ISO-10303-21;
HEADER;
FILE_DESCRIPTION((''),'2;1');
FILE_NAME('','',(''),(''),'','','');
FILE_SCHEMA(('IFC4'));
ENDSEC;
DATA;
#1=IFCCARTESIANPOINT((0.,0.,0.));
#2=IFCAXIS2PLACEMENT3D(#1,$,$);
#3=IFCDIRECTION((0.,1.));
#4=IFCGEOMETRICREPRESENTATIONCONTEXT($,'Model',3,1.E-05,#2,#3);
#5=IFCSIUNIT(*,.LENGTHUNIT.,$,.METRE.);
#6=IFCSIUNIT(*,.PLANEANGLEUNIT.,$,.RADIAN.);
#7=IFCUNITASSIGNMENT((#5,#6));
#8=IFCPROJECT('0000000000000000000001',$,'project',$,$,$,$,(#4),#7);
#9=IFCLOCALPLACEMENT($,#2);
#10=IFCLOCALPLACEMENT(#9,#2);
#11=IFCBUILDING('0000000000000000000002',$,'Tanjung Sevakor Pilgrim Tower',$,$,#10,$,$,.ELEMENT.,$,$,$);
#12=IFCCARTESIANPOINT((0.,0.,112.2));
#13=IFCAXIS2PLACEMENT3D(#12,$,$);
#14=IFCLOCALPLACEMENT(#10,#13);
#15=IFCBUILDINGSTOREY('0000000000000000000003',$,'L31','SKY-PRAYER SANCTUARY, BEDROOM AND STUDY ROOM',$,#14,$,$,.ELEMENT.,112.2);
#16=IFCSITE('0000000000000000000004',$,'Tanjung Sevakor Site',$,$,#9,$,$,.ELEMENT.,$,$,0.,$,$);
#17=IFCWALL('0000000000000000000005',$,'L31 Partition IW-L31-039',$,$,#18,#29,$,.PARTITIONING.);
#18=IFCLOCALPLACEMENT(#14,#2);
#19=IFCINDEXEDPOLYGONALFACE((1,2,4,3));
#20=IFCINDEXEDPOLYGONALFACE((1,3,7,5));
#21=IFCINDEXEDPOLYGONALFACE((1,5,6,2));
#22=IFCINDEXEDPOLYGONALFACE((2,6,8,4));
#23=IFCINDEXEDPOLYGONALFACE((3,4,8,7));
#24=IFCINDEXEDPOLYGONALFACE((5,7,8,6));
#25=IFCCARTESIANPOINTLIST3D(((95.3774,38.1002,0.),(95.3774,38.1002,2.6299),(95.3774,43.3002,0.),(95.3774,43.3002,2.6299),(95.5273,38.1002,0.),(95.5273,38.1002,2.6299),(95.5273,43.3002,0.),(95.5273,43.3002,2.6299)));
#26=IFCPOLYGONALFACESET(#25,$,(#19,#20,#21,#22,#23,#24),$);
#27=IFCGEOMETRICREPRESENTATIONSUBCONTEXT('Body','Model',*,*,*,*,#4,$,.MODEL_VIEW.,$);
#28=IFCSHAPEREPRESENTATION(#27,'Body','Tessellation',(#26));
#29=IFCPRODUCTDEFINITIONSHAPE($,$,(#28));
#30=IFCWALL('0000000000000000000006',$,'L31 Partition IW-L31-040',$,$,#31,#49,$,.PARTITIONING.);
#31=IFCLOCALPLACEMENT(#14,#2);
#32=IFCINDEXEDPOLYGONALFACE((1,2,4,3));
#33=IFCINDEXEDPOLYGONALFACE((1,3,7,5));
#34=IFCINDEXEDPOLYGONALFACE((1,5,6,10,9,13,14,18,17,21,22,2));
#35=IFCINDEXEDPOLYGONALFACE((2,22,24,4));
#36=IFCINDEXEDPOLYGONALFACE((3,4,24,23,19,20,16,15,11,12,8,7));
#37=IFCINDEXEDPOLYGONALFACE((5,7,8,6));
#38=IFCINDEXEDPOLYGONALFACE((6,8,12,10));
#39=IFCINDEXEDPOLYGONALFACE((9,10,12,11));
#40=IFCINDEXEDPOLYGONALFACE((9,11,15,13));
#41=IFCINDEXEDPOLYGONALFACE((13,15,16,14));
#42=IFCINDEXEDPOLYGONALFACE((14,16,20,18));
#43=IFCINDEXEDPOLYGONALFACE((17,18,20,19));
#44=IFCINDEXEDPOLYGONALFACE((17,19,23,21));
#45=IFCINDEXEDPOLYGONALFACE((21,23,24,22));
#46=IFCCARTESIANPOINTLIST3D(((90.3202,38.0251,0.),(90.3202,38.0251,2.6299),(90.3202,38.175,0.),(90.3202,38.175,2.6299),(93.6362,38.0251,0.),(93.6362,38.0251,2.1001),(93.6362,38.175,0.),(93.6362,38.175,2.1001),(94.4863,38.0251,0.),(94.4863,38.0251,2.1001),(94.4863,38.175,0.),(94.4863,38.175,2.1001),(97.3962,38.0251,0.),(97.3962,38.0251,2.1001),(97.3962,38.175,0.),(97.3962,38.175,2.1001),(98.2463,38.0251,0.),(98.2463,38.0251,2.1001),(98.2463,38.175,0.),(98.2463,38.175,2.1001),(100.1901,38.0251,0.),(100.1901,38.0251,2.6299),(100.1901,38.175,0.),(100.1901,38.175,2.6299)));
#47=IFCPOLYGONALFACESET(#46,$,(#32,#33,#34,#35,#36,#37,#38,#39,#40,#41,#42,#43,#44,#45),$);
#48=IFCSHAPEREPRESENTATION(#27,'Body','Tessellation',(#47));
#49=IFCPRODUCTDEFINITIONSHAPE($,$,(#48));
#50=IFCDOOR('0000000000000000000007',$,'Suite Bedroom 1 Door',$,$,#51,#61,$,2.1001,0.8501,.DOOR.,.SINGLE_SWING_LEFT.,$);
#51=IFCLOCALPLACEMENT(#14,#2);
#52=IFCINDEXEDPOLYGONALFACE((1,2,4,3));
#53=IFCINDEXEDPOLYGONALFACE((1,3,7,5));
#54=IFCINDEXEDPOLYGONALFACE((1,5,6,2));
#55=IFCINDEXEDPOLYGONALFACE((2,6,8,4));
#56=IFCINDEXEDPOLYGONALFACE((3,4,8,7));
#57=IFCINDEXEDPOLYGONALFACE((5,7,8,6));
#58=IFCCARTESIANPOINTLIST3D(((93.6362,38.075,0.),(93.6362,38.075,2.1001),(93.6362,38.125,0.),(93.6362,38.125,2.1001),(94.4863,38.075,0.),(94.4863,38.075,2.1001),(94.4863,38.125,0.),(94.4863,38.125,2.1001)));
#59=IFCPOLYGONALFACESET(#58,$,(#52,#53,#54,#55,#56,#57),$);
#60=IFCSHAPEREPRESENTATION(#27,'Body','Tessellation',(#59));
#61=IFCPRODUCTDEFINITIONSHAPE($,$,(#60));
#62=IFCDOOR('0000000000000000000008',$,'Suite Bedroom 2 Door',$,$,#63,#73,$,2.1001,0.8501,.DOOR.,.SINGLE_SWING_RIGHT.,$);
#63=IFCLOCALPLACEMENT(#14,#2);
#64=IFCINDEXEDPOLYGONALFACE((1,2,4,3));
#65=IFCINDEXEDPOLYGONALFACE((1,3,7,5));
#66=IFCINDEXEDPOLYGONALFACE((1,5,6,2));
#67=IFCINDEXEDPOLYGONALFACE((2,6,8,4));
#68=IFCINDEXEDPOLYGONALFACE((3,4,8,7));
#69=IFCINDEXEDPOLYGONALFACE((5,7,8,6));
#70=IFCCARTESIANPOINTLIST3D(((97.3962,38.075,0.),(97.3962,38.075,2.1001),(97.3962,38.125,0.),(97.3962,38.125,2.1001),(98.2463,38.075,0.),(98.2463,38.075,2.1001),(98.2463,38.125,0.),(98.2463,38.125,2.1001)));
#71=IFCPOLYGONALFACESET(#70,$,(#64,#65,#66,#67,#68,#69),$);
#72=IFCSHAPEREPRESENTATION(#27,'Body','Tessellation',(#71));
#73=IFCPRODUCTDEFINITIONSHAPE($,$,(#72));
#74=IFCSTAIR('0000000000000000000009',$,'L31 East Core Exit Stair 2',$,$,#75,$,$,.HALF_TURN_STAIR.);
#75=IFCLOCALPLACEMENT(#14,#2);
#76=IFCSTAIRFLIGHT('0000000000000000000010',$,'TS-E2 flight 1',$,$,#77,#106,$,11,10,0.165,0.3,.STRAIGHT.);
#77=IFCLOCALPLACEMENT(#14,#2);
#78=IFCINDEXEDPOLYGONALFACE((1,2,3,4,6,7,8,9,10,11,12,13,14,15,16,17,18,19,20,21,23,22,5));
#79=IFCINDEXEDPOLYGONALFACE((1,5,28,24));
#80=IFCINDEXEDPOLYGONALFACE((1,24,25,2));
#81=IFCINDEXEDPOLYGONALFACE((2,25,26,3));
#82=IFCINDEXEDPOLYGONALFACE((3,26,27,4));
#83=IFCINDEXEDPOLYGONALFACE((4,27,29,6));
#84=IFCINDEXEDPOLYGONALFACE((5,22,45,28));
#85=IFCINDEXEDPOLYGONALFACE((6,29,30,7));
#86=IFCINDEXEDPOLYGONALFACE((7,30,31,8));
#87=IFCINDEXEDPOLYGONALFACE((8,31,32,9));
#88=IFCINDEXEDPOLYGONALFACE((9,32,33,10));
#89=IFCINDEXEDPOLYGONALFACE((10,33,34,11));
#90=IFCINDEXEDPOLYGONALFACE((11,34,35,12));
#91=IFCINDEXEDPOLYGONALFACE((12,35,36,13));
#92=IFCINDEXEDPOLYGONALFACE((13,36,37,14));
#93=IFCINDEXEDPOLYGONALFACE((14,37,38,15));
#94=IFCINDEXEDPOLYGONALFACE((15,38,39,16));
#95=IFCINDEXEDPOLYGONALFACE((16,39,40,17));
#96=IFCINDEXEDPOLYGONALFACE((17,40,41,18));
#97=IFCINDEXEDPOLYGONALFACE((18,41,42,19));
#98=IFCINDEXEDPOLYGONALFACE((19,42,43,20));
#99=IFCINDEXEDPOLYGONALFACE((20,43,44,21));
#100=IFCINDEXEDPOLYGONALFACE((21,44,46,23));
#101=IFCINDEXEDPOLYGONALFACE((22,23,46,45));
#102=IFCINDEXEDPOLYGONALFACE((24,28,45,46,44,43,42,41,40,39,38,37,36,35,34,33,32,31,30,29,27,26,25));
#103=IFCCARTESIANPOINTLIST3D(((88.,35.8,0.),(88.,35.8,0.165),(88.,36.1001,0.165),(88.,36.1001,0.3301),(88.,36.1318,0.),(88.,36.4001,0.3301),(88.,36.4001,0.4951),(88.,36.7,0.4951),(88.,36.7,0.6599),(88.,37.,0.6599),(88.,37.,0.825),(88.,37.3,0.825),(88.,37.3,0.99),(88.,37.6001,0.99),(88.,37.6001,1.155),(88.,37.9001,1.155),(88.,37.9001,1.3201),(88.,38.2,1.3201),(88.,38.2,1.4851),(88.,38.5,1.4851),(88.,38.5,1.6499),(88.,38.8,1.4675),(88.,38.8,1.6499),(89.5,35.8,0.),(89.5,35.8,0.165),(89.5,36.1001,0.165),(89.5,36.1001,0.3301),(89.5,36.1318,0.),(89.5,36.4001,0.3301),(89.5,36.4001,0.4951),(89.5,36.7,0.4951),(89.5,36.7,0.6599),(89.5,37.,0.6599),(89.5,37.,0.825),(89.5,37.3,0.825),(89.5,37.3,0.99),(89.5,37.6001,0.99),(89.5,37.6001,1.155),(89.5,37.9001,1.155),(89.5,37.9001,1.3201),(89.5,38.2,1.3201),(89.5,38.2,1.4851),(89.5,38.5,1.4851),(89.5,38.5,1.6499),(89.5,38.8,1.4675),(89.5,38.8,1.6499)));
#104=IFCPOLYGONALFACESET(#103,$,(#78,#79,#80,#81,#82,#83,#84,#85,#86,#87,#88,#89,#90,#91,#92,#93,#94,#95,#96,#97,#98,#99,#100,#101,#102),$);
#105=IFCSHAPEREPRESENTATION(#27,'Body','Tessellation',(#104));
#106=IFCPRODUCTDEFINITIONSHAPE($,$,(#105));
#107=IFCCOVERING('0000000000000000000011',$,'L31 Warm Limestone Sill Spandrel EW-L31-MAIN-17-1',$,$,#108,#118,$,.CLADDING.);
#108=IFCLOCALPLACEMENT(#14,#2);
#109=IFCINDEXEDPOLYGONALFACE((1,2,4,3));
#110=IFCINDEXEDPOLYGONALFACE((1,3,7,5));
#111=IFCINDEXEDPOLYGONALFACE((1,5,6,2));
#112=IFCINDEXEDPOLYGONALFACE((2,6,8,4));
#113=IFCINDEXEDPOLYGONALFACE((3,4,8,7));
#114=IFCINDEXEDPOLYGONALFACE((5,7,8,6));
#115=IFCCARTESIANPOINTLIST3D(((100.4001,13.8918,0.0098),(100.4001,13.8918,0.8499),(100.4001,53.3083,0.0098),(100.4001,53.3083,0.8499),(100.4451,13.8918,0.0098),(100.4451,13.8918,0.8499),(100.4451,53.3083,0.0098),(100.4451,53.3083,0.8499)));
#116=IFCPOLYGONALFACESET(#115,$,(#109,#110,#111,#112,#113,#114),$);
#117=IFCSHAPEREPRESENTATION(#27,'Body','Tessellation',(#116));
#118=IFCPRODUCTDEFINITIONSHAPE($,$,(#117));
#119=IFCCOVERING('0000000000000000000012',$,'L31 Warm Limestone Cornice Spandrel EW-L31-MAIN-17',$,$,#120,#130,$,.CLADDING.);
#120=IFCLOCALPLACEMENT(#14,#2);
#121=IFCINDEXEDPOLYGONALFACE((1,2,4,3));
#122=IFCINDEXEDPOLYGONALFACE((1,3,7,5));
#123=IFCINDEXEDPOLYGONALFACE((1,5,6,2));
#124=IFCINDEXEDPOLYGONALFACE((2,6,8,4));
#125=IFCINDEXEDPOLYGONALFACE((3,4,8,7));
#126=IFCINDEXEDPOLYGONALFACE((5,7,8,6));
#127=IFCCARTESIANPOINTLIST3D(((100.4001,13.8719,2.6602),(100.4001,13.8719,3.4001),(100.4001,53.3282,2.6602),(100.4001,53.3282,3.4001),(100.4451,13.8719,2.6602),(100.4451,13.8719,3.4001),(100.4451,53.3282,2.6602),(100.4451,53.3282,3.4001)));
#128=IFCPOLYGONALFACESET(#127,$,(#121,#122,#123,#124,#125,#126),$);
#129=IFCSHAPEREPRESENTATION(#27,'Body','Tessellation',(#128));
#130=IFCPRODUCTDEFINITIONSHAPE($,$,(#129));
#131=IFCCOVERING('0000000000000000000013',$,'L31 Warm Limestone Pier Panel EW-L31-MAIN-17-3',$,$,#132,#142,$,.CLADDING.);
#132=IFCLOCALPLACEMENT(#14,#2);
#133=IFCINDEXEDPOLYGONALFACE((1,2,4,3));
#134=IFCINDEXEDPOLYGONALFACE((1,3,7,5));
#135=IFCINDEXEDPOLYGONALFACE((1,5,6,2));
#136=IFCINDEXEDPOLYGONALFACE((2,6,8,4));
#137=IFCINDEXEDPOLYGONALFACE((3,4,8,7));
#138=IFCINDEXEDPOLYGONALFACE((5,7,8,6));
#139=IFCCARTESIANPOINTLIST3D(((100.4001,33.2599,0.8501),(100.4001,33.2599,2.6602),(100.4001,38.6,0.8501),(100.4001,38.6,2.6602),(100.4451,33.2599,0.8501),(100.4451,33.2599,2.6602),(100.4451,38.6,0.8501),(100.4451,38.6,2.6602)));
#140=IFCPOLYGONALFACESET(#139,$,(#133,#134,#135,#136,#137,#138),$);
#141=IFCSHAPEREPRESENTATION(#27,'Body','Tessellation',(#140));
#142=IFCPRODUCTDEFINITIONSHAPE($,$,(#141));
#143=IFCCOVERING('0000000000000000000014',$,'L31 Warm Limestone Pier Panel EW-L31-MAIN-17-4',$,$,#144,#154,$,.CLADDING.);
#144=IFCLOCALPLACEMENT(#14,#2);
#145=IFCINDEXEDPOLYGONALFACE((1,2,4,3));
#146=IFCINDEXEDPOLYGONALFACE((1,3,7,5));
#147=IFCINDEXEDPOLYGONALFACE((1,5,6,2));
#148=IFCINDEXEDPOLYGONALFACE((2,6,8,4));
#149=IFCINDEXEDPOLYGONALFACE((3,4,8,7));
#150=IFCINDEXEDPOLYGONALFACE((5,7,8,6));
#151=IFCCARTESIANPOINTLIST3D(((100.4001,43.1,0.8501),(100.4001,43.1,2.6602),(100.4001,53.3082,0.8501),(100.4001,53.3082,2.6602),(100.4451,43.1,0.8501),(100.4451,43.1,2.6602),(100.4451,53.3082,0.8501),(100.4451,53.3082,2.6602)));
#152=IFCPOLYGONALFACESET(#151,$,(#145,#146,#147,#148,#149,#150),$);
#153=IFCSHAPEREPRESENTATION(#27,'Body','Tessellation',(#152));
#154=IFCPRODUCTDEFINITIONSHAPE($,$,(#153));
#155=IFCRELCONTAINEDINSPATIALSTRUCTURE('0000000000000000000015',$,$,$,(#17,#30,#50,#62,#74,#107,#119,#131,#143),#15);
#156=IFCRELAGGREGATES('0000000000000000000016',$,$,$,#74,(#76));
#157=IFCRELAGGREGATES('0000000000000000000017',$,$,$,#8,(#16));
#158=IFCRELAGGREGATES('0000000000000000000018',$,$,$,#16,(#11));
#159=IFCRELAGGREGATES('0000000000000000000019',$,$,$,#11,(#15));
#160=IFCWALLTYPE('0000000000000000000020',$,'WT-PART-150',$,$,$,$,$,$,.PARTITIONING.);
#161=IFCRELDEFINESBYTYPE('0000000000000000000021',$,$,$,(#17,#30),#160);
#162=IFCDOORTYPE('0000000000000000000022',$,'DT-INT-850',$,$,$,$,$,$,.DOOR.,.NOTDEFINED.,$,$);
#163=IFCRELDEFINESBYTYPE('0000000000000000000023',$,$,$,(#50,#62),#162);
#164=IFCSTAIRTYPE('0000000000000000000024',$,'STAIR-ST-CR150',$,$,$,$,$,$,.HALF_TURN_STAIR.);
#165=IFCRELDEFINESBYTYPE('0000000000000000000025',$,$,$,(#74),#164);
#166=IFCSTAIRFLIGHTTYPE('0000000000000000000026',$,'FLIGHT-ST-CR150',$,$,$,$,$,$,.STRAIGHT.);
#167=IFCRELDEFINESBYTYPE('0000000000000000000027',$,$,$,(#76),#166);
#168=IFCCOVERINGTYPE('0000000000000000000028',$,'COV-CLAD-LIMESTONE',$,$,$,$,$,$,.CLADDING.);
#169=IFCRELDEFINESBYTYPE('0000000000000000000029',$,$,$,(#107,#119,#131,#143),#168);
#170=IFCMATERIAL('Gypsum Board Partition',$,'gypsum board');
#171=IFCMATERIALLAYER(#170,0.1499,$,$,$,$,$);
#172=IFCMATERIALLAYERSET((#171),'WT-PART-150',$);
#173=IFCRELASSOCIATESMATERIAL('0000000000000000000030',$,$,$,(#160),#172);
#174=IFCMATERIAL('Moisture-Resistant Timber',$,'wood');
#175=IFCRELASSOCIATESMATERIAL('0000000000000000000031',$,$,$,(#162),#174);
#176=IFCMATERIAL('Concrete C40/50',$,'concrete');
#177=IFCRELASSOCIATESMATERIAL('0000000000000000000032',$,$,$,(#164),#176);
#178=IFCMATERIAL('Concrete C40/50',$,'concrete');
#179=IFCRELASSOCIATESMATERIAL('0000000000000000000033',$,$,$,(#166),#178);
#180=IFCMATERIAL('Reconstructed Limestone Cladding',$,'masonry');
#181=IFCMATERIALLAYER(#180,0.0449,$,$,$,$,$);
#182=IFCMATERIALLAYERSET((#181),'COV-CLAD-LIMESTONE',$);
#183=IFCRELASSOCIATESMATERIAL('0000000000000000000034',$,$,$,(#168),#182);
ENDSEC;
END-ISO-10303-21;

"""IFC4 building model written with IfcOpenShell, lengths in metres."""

from ifc_helpers import new_model, si_unit, direction, frame, frame_2d, origin, origin_2d, place, context, subcontext, project, spatial, polyline, rectangle, outline, extrude, material, layer, layer_set, type_object, element, fill, aggregate, save


model = new_model("IFC4")

# Units and contexts
model_context = context("Model", 3, precision=1e-05, world=origin(), true_north=direction((0.0, 1.0)))
body_context = subcontext(model_context, "Body", "Model", "MODEL_VIEW")
ifc_project = project(units=[si_unit("LENGTHUNIT", "METRE"), si_unit("PLANEANGLEUNIT", "RADIAN")], contexts=[model_context])

# Site, building, storey
site_placement = place(None, origin())
site = spatial("IfcSite", under=ifc_project, at=site_placement, Name="Tanjung Sevakor Site", CompositionType="ELEMENT", RefElevation=0.0)
building_placement = place(site_placement, origin())
building = spatial("IfcBuilding", under=site, at=building_placement, Name="Tanjung Sevakor Pilgrim Tower", CompositionType="ELEMENT")
storey_placement = place(building_placement, frame((0.0, 0.0, 112.2)))
storey = spatial("IfcBuildingStorey", under=building, at=storey_placement, Name="L31", Description="SKY-PRAYER SANCTUARY, BEDROOM AND STUDY ROOM", CompositionType="ELEMENT", Elevation=112.2)

# Wall
ifc_material_1 = material(Name="Gypsum Board Partition", Category="gypsum board")
ifc_layer_1 = layer(ifc_material_1, 0.1499)
ifc_layer_set_1 = layer_set([ifc_layer_1], Name="WT-PART-150")
wall_type_1 = type_object("IfcWallType", Name="WT-PART-150", PredefinedType="PARTITIONING", material=ifc_layer_set_1)
wall_1_placement = place(storey_placement, frame((95.4524, 38.1001, 0.0), z_axis=(0.0, 0.0, 1.0), x_axis=(0.0, 1.0, 0.0)))
element("IfcWall", 1, at=wall_1_placement, inside=storey, type_object=wall_type_1, Name="L31 Partition IW-L31-039", PredefinedType="PARTITIONING", context=body_context, shape_type="SweptSolid", body=[
    extrude(rectangle(XDim=5.2, YDim=0.1499, at=frame_2d((2.6001, 0.0))), origin(), (0.0, 0.0, 1.0), 2.6299),
])

# Wall, openings, doors
wall_2_placement = place(storey_placement, frame((90.3201, 38.1001, 0.0), z_axis=(0.0, 0.0, 1.0), x_axis=(1.0, 0.0, 0.0)))
wall_2 = element("IfcWall", 2, at=wall_2_placement, inside=storey, type_object=wall_type_1, Name="L31 Partition IW-L31-040", PredefinedType="PARTITIONING", context=body_context, shape_type="SweptSolid", body=[
    extrude(rectangle(XDim=9.8699, YDim=0.1499, at=frame_2d((4.9351, 0.0))), origin(), (0.0, 0.0, 1.0), 2.6299),
])
opening_1_placement = place(wall_2_placement, frame((3.3162, 0.0, 0.0)))
opening_1 = element("IfcOpeningElement", 3, at=opening_1_placement, cuts=wall_2, PredefinedType="OPENING", context=body_context, shape_type="SweptSolid", body=[
    extrude(rectangle(XDim=0.8501, YDim=2.1001, at=frame_2d((0.425, 1.05))), frame((0.0, 0.085, 0.0), z_axis=(0.0, -1.0, 0.0), x_axis=(1.0, 0.0, 0.0)), (0.0, 0.0, 1.0), 0.1699),
])
opening_2_placement = place(wall_2_placement, frame((7.0762, 0.0, 0.0)))
opening_2 = element("IfcOpeningElement", 4, at=opening_2_placement, cuts=wall_2, PredefinedType="OPENING", context=body_context, shape_type="SweptSolid", body=[
    extrude(rectangle(XDim=0.8501, YDim=2.1001, at=frame_2d((0.425, 1.05))), frame((0.0, 0.085, 0.0), z_axis=(0.0, -1.0, 0.0), x_axis=(1.0, 0.0, 0.0)), (0.0, 0.0, 1.0), 0.1699),
])
ifc_material_2 = material(Name="Moisture-Resistant Timber", Category="wood")
door_type = type_object("IfcDoorType", Name="DT-INT-850", OperationType="NOTDEFINED", PredefinedType="DOOR", material=ifc_material_2)
door_1_placement = place(opening_1_placement, origin())
door_1 = element("IfcDoor", 5, at=door_1_placement, inside=storey, type_object=door_type, Name="Suite Bedroom 1 Door", OperationType="SINGLE_SWING_LEFT", OverallHeight=2.1001, OverallWidth=0.8501, PredefinedType="DOOR", context=body_context, shape_type="SweptSolid", body=[
    extrude(rectangle(XDim=0.8501, YDim=2.1001, at=frame_2d((0.425, 1.05))), frame((0.0, 0.0249, 0.0), z_axis=(0.0, -1.0, 0.0), x_axis=(1.0, 0.0, 0.0)), (0.0, 0.0, 1.0), 0.05),
])
fill(opening_1, door_1)
door_2_placement = place(opening_2_placement, origin())
door_2 = element("IfcDoor", 6, at=door_2_placement, inside=storey, type_object=door_type, Name="Suite Bedroom 2 Door", OperationType="SINGLE_SWING_RIGHT", OverallHeight=2.1001, OverallWidth=0.8501, PredefinedType="DOOR", context=body_context, shape_type="SweptSolid", body=[
    extrude(rectangle(XDim=0.8501, YDim=2.1001, at=frame_2d((0.425, 1.05))), frame((0.0, 0.0249, 0.0), z_axis=(0.0, -1.0, 0.0), x_axis=(1.0, 0.0, 0.0)), (0.0, 0.0, 1.0), 0.05),
])
fill(opening_2, door_2)

# Stair, stair flight
ifc_material_3 = material(Name="Concrete C40/50", Category="concrete")
stair_type = type_object("IfcStairType", Name="STAIR-ST-CR150", PredefinedType="HALF_TURN_STAIR", material=ifc_material_3)
stair_placement = place(storey_placement, origin())
stair = element("IfcStair", 7, at=stair_placement, inside=storey, type_object=stair_type, Name="L31 East Core Exit Stair 2", PredefinedType="HALF_TURN_STAIR")
ifc_material_4 = material(Name="Concrete C40/50", Category="concrete")
stair_flight_type = type_object("IfcStairFlightType", Name="FLIGHT-ST-CR150", PredefinedType="STRAIGHT", material=ifc_material_4)
stair_flight_placement = place(storey_placement, frame((88.75, 35.8, 0.0), z_axis=(0.0, 0.0, 1.0), x_axis=(0.0, 1.0, 0.0)))
stair_flight = element("IfcStairFlight", 8, at=stair_flight_placement, type_object=stair_flight_type, Name="TS-E2 flight 1", NumberOfRisers=11, NumberOfTreads=10, PredefinedType="STRAIGHT", RiserHeight=0.165, TreadLength=0.3, context=body_context, shape_type="SweptSolid", body=[
    extrude(outline(polyline([(0.0, 0.0), (0.0, 0.165), (0.3, 0.165), (0.3, 0.3301), (0.6001, 0.3301), (0.6001, 0.4951), (0.8999, 0.4951), (0.8999, 0.6599), (1.2, 0.6599), (1.2, 0.825), (1.5, 0.825), (1.5, 0.99), (1.8, 0.99), (1.8, 1.155), (2.1001, 1.155), (2.1001, 1.3201), (2.3999, 1.3201), (2.3999, 1.4851), (2.7, 1.4851), (2.7, 1.6499), (3.0, 1.6499), (3.0, 1.8149), (3.0, 1.4675), (0.3318, 0.0), (0.0, 0.0)])), frame((0.0, 0.75, 0.0), z_axis=(0.0, -1.0, 0.0), x_axis=(1.0, 0.0, 0.0)), (0.0, 0.0, 1.0), 1.5),
])
aggregate(stair, [stair_flight])

# Coverings
ifc_material_5 = material(Name="Reconstructed Limestone Cladding", Category="masonry")
ifc_layer_2 = layer(ifc_material_5, 0.0449)
ifc_layer_set_2 = layer_set([ifc_layer_2], Name="COV-CLAD-LIMESTONE")
covering_type = type_object("IfcCoveringType", Name="COV-CLAD-LIMESTONE", PredefinedType="CLADDING", material=ifc_layer_set_2)
covering_1_placement = place(storey_placement, frame((100.4226, 33.6001, 0.0098), z_axis=(0.0, 0.0, 1.0), x_axis=(0.0, 1.0, 0.0)))
element("IfcCovering", 9, at=covering_1_placement, inside=storey, type_object=covering_type, Name="L31 Warm Limestone Sill Spandrel EW-L31-MAIN-17-1", PredefinedType="CLADDING", context=body_context, shape_type="SweptSolid", body=[
    extrude(rectangle(XDim=39.4165, YDim=0.0449, at=origin_2d()), origin(), (0.0, 0.0, 1.0), 0.8401),
])
covering_2_placement = place(storey_placement, frame((100.4226, 33.6001, 2.6602), z_axis=(0.0, 0.0, 1.0), x_axis=(0.0, 1.0, 0.0)))
element("IfcCovering", 10, at=covering_2_placement, inside=storey, type_object=covering_type, Name="L31 Warm Limestone Cornice Spandrel EW-L31-MAIN-17", PredefinedType="CLADDING", context=body_context, shape_type="SweptSolid", body=[
    extrude(rectangle(XDim=39.4563, YDim=0.0449, at=origin_2d()), origin(), (0.0, 0.0, 1.0), 0.74),
])
covering_3_placement = place(storey_placement, frame((100.4226, 35.9299, 0.8501), z_axis=(0.0, 0.0, 1.0), x_axis=(0.0, 1.0, 0.0)))
element("IfcCovering", 11, at=covering_3_placement, inside=storey, type_object=covering_type, Name="L31 Warm Limestone Pier Panel EW-L31-MAIN-17-3", PredefinedType="CLADDING", context=body_context, shape_type="SweptSolid", body=[
    extrude(rectangle(XDim=5.3401, YDim=0.0449, at=origin_2d()), origin(), (0.0, 0.0, 1.0), 1.8101),
])
covering_4_placement = place(storey_placement, frame((100.4226, 48.2041, 0.8501), z_axis=(0.0, 0.0, 1.0), x_axis=(0.0, 1.0, 0.0)))
element("IfcCovering", 12, at=covering_4_placement, inside=storey, type_object=covering_type, Name="L31 Warm Limestone Pier Panel EW-L31-MAIN-17-4", PredefinedType="CLADDING", context=body_context, shape_type="SweptSolid", body=[
    extrude(rectangle(XDim=10.2083, YDim=0.0449, at=origin_2d()), origin(), (0.0, 0.0, 1.0), 1.8101),
])

save(model, "model.ifc")
